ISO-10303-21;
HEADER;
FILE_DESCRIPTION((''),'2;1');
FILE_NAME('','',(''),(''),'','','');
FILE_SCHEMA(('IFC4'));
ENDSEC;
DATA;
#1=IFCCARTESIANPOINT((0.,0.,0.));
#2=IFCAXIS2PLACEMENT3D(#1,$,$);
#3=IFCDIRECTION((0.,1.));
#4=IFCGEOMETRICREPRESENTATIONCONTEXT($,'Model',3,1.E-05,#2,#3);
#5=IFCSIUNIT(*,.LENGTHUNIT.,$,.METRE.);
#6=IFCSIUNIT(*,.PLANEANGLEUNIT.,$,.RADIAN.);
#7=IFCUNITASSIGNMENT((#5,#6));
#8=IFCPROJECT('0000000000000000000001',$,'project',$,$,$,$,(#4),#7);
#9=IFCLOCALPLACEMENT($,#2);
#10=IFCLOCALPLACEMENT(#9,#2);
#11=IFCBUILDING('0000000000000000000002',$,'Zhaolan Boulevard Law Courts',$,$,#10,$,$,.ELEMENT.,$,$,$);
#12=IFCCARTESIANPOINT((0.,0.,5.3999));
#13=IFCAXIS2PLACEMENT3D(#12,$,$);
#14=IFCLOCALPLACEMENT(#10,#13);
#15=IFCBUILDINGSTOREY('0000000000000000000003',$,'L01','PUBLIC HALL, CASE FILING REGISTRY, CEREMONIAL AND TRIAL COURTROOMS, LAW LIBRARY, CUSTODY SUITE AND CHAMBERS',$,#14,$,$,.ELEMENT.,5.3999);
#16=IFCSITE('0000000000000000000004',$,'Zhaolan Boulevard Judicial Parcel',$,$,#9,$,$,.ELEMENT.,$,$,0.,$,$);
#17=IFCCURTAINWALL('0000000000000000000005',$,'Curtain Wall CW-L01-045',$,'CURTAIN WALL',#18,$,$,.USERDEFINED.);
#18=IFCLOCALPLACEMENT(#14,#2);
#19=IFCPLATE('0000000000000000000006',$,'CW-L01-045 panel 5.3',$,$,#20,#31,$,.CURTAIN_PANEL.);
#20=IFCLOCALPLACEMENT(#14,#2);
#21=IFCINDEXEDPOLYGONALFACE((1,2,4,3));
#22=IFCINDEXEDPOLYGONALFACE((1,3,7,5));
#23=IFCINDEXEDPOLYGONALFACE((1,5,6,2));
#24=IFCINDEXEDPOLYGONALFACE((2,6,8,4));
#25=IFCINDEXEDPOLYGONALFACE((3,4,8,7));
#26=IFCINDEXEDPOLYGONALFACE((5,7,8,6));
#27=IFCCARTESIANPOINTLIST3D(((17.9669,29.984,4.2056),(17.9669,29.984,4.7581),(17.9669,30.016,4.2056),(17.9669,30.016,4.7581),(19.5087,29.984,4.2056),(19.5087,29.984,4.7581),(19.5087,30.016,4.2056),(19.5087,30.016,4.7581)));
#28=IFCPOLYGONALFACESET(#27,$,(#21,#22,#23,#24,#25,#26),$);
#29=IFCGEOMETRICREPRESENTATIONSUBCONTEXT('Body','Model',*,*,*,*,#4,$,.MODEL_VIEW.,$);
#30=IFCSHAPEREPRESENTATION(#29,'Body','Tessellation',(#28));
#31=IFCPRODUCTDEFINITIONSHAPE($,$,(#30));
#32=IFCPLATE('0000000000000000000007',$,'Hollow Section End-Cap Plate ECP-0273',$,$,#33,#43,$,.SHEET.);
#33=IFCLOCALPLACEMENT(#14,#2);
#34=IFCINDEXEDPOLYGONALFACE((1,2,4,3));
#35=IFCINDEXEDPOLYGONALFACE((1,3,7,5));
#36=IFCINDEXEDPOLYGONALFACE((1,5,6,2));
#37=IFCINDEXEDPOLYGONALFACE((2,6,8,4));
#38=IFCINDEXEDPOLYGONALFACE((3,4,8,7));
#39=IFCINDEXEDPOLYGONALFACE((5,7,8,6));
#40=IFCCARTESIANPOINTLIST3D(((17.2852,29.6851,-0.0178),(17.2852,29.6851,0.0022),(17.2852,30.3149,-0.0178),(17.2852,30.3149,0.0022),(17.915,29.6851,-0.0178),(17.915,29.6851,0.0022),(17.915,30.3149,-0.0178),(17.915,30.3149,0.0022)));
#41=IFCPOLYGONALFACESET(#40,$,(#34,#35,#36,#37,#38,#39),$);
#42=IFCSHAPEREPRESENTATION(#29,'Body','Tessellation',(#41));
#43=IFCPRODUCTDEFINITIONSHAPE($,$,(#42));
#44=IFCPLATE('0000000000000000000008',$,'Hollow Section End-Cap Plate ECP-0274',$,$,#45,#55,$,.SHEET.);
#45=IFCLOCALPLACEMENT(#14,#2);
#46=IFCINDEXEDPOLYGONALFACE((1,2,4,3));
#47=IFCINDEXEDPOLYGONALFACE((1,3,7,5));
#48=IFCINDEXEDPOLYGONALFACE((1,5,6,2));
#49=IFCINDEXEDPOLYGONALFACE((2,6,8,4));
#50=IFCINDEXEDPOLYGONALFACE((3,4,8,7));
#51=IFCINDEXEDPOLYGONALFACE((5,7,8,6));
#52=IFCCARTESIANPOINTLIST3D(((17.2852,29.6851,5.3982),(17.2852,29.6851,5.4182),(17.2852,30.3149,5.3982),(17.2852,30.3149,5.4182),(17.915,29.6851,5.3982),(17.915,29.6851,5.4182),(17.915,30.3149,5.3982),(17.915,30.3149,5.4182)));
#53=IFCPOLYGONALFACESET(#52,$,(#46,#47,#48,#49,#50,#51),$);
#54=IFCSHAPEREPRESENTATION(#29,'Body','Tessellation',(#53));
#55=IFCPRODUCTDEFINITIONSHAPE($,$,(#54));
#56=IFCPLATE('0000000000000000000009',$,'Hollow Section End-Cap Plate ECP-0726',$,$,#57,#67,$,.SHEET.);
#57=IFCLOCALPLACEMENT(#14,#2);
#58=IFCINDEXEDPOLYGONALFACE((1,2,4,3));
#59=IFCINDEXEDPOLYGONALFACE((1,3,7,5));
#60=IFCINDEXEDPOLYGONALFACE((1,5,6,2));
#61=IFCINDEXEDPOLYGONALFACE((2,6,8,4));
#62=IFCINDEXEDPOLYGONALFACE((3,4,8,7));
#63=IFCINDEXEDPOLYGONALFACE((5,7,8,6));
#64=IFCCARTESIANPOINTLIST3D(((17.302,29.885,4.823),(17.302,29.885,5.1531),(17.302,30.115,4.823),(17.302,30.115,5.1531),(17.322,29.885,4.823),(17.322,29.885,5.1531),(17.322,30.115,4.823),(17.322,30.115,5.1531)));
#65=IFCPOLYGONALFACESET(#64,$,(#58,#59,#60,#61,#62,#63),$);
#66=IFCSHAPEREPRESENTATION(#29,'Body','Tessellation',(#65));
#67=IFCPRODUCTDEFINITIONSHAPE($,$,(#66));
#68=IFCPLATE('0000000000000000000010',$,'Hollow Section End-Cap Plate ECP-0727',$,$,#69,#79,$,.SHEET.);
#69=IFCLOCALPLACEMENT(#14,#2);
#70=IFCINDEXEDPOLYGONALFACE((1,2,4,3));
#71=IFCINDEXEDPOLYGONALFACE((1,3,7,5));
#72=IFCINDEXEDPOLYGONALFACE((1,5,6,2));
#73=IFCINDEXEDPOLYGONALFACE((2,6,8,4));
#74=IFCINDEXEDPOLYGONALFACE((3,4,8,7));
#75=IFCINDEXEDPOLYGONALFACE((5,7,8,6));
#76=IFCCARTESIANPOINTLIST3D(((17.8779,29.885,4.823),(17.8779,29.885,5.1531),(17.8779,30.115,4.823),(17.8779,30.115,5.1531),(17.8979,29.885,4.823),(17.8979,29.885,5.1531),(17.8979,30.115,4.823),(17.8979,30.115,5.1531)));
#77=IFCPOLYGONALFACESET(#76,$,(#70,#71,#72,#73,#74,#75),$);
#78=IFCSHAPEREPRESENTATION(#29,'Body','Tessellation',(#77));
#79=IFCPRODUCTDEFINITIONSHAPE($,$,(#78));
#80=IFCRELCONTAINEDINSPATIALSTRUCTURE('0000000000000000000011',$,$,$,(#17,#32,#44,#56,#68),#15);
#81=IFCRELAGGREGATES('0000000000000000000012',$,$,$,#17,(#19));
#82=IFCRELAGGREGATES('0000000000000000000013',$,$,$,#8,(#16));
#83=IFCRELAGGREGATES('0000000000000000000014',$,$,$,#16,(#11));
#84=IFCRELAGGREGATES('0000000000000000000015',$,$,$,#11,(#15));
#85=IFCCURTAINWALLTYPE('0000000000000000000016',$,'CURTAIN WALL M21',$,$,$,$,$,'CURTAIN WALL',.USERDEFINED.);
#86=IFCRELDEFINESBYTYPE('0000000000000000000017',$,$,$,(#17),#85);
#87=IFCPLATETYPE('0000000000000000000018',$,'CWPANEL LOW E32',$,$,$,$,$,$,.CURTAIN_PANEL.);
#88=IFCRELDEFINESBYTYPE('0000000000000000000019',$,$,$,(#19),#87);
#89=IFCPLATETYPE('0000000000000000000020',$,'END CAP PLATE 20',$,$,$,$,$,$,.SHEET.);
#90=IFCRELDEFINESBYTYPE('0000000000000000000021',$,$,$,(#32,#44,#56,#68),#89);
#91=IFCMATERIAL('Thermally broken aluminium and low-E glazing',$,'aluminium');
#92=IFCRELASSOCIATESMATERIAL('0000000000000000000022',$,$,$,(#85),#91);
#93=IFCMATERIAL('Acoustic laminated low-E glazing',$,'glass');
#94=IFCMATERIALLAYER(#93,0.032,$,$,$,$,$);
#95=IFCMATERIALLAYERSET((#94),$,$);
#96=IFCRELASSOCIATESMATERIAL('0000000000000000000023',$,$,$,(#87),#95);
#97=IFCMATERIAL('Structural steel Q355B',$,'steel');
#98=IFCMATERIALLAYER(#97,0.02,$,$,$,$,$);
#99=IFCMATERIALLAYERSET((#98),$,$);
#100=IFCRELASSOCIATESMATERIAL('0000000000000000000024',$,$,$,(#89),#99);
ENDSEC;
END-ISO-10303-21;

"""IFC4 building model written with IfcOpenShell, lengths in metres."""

from ifc_helpers import new_model, si_unit, direction, frame, origin, origin_2d, place, context, subcontext, project, spatial, rectangle, extrude, material, layer, layer_set, type_object, element, aggregate, save


model = new_model("IFC4")

# Units and contexts
model_context = context("Model", 3, precision=1e-05, world=origin(), true_north=direction((0.0, 1.0)))
body_context = subcontext(model_context, "Body", "Model", "MODEL_VIEW")
ifc_project = project(units=[si_unit("LENGTHUNIT", "METRE"), si_unit("PLANEANGLEUNIT", "RADIAN")], contexts=[model_context])

# Site, building, storey
site_placement = place(None, origin())
site = spatial("IfcSite", under=ifc_project, at=site_placement, Name="Zhaolan Boulevard Judicial Parcel", CompositionType="ELEMENT", RefElevation=0.0)
building_placement = place(site_placement, origin())
building = spatial("IfcBuilding", under=site, at=building_placement, Name="Zhaolan Boulevard Law Courts", CompositionType="ELEMENT")
storey_placement = place(building_placement, frame((0.0, 0.0, 5.3999)))
storey = spatial("IfcBuildingStorey", under=building, at=storey_placement, Name="L01", Description="PUBLIC HALL, CASE FILING REGISTRY, CEREMONIAL AND TRIAL COURTROOMS, LAW LIBRARY, CUSTODY SUITE AND CHAMBERS", CompositionType="ELEMENT", Elevation=5.3999)

# Curtain wall
ifc_material_1 = material(Name="Thermally broken aluminium and low-E glazing", Category="aluminium")
curtain_wall_type_1 = type_object("IfcCurtainWallType", Name="CURTAIN WALL M21", ElementType="CURTAIN WALL", PredefinedType="USERDEFINED", material=ifc_material_1)
curtain_wall_1_placement = place(storey_placement, origin())
curtain_wall_1 = element("IfcCurtainWall", 1, at=curtain_wall_1_placement, inside=storey, type_object=curtain_wall_type_1, Name="Curtain Wall CW-L01-045", ObjectType="CURTAIN WALL", PredefinedType="USERDEFINED")

# Plate
ifc_material_2 = material(Name="Acoustic laminated low-E glazing", Category="glass")
ifc_layer_1 = layer(ifc_material_2, 0.032)
ifc_layer_set_1 = layer_set([ifc_layer_1])
plate_type_1 = type_object("IfcPlateType", Name="CWPANEL LOW E32", PredefinedType="CURTAIN_PANEL", material=ifc_layer_set_1)
plate_1_placement = place(storey_placement, frame((18.7378, 30.0, 4.2056), z_axis=(0.0, 0.0, 1.0), x_axis=(-1.0, 0.0, 0.0)))
plate_1 = element("IfcPlate", 2, at=plate_1_placement, type_object=plate_type_1, Name="CW-L01-045 panel 5.3", PredefinedType="CURTAIN_PANEL", context=body_context, shape_type="SweptSolid", body=[
    extrude(rectangle(XDim=1.5417, YDim=0.032, at=origin_2d()), origin(), (0.0, 0.0, 1.0), 0.5525),
])
aggregate(curtain_wall_1, [plate_1])

# Plates
ifc_material_3 = material(Name="Structural steel Q355B", Category="steel")
ifc_layer_2 = layer(ifc_material_3, 0.02)
ifc_layer_set_2 = layer_set([ifc_layer_2])
plate_type_2 = type_object("IfcPlateType", Name="END CAP PLATE 20", PredefinedType="SHEET", material=ifc_layer_set_2)
for number, where, z_axis, x_axis, name in (
    (3, (17.6001, 30.0, -0.0178), (0.0, 0.0, 1.0), (1.0, 0.0, 0.0), "Hollow Section End-Cap Plate ECP-0273"),
    (4, (17.6001, 30.0, 5.3982), (0.0, 0.0, 1.0), (1.0, 0.0, 0.0), "Hollow Section End-Cap Plate ECP-0274"),
):
    element("IfcPlate", number, at=place(storey_placement, frame(where, z_axis=z_axis, x_axis=x_axis)), inside=storey, type_object=plate_type_2, Name=name, PredefinedType="SHEET", context=body_context, shape_type="SweptSolid", body=[
        extrude(rectangle(XDim=0.6299, YDim=0.6299, at=origin_2d()), origin(), (0.0, 0.0, 1.0), 0.02),
    ])
for number, where, z_axis, x_axis, name in (
    (5, (17.312, 30.0, 4.823), (0.0, 0.0, 1.0), (1.0, 0.0, 0.0), "Hollow Section End-Cap Plate ECP-0726"),
    (6, (17.8879, 30.0, 4.823), (0.0, 0.0, 1.0), (1.0, 0.0, 0.0), "Hollow Section End-Cap Plate ECP-0727"),
):
    element("IfcPlate", number, at=place(storey_placement, frame(where, z_axis=z_axis, x_axis=x_axis)), inside=storey, type_object=plate_type_2, Name=name, PredefinedType="SHEET", context=body_context, shape_type="SweptSolid", body=[
        extrude(rectangle(XDim=0.02, YDim=0.23, at=origin_2d()), origin(), (0.0, 0.0, 1.0), 0.3301),
    ])

save(model, "model.ifc")
